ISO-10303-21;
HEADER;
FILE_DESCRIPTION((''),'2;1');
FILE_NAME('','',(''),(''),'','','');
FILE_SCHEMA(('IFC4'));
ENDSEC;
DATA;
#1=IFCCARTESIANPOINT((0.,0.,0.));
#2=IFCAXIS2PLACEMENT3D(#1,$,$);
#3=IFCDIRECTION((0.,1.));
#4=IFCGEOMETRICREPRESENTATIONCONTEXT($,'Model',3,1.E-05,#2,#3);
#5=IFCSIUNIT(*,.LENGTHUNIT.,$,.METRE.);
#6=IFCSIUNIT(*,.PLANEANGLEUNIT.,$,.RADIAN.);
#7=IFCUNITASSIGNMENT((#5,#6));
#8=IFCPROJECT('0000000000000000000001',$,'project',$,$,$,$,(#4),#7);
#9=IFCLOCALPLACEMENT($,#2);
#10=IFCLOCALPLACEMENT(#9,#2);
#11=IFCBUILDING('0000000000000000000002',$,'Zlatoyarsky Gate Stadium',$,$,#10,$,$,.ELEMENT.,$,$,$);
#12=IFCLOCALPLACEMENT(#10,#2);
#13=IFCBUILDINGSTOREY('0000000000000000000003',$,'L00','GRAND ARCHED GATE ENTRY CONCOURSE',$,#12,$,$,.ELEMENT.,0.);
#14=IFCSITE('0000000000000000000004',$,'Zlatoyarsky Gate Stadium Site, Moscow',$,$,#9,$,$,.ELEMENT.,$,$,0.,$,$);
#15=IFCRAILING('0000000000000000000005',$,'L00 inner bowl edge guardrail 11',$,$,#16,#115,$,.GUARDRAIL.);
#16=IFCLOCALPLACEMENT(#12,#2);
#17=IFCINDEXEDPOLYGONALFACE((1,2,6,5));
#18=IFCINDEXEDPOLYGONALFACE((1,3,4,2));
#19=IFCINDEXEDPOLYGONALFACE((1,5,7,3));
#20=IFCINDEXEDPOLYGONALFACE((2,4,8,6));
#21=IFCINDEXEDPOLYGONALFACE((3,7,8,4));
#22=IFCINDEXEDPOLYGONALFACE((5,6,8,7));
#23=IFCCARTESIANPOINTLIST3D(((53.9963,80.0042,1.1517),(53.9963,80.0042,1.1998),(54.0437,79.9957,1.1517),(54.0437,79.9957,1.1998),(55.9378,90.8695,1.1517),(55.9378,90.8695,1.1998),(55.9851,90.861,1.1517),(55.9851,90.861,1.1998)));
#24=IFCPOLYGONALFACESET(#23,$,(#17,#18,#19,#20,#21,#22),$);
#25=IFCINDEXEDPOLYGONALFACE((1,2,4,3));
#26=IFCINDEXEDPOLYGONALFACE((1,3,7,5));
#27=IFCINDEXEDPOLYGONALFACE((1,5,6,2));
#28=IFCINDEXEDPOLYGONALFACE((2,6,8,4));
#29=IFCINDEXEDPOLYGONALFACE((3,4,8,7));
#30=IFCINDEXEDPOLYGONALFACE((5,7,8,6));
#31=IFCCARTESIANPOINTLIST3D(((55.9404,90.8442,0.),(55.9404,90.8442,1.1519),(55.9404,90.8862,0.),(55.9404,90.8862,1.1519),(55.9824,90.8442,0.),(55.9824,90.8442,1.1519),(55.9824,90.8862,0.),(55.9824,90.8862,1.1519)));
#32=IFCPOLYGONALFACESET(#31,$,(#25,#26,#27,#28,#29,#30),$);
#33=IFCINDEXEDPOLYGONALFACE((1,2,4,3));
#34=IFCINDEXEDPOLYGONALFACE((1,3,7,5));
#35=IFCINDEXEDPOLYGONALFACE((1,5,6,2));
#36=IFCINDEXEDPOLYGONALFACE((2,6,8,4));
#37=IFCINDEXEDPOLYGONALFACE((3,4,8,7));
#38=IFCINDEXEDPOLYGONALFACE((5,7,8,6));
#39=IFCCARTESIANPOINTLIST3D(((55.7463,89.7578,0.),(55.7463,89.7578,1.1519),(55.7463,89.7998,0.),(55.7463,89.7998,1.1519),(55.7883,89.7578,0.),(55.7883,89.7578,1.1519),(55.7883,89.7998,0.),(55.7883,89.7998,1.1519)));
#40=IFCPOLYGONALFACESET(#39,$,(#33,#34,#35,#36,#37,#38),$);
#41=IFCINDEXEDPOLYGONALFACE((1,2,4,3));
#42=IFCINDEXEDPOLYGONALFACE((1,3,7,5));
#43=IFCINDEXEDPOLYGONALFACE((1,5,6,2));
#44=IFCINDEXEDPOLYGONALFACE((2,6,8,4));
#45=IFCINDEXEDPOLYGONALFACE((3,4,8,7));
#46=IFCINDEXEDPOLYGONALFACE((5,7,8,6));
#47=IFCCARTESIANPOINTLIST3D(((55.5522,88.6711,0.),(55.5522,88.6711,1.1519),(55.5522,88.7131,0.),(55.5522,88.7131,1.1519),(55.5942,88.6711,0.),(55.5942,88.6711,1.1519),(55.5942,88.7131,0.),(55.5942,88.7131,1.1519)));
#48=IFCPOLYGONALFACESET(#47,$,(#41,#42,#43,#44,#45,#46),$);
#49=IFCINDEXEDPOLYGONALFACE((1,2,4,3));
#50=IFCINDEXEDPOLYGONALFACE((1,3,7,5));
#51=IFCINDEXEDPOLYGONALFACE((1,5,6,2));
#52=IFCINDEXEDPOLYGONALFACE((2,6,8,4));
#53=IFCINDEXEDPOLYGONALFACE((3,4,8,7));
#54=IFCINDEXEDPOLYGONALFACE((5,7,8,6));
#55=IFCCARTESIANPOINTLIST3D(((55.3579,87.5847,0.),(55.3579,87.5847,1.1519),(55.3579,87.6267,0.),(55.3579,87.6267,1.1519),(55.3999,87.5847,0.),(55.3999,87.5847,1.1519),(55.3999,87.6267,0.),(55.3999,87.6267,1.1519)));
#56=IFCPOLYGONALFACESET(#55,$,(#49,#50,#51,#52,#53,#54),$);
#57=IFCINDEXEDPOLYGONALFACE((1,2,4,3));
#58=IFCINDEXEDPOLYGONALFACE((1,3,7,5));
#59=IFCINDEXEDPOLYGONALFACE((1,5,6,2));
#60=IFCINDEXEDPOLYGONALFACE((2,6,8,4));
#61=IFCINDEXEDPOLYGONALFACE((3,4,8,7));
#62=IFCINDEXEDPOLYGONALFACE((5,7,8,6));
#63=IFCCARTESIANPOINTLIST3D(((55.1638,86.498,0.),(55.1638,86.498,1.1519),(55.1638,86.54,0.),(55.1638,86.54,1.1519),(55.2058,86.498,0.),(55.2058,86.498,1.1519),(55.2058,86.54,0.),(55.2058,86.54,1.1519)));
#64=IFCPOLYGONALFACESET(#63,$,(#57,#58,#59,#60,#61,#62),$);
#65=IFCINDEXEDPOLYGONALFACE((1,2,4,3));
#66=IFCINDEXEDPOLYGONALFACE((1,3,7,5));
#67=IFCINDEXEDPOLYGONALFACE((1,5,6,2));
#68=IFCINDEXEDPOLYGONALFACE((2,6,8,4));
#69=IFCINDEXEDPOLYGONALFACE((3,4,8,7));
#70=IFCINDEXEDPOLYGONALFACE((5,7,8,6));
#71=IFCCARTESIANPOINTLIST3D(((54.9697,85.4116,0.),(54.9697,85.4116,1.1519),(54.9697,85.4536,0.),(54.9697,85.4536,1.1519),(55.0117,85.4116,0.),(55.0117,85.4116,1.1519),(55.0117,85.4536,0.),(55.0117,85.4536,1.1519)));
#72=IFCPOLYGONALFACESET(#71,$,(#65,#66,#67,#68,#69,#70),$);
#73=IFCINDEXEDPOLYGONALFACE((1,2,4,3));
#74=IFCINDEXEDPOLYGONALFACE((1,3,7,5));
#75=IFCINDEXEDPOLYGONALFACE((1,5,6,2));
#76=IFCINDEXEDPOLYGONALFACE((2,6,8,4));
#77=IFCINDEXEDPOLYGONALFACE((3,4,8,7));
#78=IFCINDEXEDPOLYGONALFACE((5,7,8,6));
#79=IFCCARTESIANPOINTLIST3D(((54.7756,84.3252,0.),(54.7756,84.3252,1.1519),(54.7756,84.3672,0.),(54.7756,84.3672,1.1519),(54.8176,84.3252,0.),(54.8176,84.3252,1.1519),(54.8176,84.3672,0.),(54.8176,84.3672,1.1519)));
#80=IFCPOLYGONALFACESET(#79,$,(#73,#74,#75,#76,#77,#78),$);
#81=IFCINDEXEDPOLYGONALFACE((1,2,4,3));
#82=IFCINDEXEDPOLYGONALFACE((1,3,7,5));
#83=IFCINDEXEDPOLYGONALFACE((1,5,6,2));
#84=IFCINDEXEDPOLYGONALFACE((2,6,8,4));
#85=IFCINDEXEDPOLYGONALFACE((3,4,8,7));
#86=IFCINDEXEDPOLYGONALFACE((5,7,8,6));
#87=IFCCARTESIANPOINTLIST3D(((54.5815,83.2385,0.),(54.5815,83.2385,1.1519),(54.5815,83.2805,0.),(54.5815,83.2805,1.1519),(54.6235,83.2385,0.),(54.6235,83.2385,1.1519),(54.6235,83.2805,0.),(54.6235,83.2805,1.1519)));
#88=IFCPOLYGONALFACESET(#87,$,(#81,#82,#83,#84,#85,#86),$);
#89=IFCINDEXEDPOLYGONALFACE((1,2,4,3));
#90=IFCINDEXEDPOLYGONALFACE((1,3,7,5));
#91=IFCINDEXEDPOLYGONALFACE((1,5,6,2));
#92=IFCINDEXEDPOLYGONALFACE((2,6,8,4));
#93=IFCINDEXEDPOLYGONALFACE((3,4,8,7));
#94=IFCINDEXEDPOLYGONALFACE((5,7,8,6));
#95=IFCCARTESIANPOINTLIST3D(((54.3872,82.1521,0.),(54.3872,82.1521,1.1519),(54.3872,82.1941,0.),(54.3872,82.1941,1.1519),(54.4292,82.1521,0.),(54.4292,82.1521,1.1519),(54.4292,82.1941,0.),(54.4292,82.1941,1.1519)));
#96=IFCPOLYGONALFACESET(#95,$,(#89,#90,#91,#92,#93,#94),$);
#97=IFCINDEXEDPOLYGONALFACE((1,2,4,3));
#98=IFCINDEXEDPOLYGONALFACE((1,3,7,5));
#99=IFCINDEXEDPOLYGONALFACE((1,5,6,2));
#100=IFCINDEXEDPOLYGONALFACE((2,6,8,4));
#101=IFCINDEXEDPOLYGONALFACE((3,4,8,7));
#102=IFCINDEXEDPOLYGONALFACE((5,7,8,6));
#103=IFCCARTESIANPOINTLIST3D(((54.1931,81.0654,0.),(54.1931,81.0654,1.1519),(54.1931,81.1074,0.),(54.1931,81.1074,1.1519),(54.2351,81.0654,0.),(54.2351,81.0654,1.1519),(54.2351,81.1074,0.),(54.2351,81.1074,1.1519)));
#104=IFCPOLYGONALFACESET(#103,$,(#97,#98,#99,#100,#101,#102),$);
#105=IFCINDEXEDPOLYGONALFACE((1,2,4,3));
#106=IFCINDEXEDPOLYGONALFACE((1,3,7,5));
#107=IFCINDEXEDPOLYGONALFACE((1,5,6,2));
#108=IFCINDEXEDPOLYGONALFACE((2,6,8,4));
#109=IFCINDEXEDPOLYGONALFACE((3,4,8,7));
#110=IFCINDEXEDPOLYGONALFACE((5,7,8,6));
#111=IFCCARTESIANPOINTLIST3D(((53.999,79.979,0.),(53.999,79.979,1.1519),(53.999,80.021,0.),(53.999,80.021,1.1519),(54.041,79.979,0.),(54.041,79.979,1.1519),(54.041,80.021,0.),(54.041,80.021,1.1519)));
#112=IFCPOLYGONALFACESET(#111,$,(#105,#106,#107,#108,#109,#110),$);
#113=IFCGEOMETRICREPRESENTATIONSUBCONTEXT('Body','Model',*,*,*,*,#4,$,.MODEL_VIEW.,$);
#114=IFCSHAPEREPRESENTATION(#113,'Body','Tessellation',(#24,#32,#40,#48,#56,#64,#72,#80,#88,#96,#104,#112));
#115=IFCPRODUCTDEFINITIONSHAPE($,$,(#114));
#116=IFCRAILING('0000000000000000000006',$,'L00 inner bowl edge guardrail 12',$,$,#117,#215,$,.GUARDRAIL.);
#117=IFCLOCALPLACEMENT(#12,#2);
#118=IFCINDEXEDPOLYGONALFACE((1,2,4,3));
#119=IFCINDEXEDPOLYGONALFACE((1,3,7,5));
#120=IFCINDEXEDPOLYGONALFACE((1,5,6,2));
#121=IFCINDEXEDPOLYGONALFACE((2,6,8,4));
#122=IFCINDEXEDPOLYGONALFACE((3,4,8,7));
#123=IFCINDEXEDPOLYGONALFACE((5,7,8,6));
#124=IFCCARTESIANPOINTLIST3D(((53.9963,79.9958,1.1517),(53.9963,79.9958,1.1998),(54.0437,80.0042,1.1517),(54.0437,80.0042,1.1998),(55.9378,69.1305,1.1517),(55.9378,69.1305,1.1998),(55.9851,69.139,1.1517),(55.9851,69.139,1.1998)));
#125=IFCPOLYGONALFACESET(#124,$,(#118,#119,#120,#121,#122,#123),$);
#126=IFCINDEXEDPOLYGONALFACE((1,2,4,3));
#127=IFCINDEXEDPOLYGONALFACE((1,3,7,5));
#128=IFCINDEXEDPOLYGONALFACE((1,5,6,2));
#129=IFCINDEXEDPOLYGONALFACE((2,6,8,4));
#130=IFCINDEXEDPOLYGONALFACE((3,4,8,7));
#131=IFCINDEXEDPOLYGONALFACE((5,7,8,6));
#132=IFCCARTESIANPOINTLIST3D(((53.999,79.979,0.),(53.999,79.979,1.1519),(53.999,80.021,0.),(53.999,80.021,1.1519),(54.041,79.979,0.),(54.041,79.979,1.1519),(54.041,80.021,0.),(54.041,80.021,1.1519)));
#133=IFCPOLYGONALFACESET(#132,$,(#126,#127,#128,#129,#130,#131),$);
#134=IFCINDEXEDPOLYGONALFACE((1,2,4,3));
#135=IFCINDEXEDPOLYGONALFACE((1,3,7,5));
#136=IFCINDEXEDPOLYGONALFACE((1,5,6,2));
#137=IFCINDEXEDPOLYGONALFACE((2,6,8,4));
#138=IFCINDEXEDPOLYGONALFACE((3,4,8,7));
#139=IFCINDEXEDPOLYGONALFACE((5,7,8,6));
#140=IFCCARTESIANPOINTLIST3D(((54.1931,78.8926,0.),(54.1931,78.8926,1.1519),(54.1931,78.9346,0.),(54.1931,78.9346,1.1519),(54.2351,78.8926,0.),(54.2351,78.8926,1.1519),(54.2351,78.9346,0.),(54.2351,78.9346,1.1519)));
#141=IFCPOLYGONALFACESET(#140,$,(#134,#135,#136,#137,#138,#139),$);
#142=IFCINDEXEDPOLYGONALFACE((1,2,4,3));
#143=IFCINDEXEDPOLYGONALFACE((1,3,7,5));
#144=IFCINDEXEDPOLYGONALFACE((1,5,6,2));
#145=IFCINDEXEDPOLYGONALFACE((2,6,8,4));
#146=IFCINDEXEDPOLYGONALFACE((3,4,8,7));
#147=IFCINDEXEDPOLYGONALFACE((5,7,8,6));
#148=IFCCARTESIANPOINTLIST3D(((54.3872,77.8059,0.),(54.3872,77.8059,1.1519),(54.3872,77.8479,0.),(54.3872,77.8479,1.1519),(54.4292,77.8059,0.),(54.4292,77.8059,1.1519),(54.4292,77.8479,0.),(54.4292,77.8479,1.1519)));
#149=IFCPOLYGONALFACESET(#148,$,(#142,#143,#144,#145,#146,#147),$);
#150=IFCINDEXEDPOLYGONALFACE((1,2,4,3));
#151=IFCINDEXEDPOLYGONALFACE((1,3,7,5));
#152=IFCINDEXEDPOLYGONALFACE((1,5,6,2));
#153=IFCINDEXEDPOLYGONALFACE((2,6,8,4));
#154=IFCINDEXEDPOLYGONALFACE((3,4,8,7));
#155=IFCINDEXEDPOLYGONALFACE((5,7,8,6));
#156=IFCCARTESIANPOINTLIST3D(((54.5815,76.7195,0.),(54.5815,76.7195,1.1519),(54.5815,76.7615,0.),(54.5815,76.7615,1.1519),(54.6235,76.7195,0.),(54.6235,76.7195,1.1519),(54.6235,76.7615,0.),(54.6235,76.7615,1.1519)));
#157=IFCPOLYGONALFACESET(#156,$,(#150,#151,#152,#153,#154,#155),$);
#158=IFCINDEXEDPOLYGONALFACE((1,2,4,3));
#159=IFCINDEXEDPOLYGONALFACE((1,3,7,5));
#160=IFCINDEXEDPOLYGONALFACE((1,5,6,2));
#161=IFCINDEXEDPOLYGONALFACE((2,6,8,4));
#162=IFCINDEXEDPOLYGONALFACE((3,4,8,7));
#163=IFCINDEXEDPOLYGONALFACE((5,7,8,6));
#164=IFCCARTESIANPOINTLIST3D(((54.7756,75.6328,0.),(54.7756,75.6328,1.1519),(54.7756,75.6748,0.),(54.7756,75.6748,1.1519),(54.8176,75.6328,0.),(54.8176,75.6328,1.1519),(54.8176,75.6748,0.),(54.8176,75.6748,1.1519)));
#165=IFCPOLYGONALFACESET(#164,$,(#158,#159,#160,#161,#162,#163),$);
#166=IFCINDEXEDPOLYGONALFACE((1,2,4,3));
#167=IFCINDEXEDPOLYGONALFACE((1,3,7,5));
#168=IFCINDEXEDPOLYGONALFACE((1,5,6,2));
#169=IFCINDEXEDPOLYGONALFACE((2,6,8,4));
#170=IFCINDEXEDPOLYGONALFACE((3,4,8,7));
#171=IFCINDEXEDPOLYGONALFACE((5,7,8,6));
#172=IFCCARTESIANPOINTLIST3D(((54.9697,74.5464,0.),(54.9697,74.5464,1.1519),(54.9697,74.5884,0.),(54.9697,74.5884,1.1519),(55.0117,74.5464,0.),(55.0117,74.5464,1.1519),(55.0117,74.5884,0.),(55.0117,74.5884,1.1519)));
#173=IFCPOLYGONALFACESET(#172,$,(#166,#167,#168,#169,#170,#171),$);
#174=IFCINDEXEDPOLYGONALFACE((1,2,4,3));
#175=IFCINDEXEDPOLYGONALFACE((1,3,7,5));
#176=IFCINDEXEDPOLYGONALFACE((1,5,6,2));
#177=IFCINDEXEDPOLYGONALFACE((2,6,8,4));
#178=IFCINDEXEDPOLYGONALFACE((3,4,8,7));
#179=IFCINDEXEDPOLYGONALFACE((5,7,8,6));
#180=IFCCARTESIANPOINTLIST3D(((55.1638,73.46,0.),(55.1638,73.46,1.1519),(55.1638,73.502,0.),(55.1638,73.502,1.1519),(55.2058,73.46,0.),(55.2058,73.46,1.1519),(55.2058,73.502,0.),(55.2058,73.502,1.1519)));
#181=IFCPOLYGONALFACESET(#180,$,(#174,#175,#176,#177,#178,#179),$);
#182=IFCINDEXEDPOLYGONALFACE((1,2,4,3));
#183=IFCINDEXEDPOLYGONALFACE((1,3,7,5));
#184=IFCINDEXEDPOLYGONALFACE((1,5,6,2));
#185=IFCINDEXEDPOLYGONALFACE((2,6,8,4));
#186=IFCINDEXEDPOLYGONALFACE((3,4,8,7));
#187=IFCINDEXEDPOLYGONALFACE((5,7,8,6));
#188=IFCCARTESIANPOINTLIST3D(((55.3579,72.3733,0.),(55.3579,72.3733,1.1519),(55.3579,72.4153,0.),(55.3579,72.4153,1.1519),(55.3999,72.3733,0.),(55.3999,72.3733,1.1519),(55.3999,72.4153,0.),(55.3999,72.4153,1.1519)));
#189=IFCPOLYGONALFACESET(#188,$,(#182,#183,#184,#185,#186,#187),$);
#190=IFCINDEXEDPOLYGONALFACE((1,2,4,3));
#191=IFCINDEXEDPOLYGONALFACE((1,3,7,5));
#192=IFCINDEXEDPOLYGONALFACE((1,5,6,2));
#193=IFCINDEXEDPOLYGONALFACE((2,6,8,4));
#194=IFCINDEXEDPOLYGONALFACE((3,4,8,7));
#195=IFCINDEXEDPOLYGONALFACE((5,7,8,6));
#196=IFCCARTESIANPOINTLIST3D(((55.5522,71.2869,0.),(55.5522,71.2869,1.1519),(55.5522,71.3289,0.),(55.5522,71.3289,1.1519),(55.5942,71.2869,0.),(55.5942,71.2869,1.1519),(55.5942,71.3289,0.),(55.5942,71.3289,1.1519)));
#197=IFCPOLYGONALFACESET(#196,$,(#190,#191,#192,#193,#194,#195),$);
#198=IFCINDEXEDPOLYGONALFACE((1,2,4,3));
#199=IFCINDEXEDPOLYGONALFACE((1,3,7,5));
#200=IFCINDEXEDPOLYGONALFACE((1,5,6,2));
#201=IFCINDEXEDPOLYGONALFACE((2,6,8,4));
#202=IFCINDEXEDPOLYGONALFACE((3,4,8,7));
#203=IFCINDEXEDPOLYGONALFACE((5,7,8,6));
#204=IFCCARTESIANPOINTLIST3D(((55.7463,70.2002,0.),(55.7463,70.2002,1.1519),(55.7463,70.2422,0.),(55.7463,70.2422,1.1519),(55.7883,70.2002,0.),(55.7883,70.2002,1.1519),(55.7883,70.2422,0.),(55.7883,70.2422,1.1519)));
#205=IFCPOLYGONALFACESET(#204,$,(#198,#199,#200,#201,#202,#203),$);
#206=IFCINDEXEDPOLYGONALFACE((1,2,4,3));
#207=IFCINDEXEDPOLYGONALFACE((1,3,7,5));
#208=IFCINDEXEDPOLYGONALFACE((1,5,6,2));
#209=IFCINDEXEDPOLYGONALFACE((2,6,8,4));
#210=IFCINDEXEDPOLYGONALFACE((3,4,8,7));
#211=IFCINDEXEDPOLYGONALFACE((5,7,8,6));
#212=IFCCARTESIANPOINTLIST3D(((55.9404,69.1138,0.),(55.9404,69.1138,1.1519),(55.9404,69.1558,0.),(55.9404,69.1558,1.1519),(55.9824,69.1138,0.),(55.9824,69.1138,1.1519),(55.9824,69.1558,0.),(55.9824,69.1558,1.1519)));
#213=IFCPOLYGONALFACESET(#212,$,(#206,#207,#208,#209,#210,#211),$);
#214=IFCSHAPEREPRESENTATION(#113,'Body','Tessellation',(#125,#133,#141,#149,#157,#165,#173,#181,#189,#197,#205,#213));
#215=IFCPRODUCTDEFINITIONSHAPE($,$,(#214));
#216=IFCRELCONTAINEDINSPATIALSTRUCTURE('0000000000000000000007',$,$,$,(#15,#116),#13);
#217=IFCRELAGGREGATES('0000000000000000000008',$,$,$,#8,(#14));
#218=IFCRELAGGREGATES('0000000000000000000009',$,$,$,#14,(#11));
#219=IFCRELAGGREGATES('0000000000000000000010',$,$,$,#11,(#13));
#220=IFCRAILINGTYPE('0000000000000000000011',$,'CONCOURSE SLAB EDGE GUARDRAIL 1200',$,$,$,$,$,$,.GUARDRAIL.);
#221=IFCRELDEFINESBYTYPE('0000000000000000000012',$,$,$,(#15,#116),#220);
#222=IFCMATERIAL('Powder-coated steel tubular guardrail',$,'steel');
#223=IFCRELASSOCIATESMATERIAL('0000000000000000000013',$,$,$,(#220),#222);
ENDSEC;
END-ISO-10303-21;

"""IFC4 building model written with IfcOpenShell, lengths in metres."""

from ifc_helpers import new_model, si_unit, direction, frame, origin, origin_2d, place, context, subcontext, project, spatial, rectangle, extrude, material, type_object, element, save


model = new_model("IFC4")

# Units and contexts
model_context = context("Model", 3, precision=1e-05, world=origin(), true_north=direction((0.0, 1.0)))
body_context = subcontext(model_context, "Body", "Model", "MODEL_VIEW")
ifc_project = project(units=[si_unit("LENGTHUNIT", "METRE"), si_unit("PLANEANGLEUNIT", "RADIAN")], contexts=[model_context])

# Site, building, storey
site_placement = place(None, origin())
site = spatial("IfcSite", under=ifc_project, at=site_placement, Name="Zlatoyarsky Gate Stadium Site, Moscow", CompositionType="ELEMENT", RefElevation=0.0)
building_placement = place(site_placement, origin())
building = spatial("IfcBuilding", under=site, at=building_placement, Name="Zlatoyarsky Gate Stadium", CompositionType="ELEMENT")
storey_placement = place(building_placement, origin())
storey = spatial("IfcBuildingStorey", under=building, at=storey_placement, Name="L00", Description="GRAND ARCHED GATE ENTRY CONCOURSE", CompositionType="ELEMENT", Elevation=0.0)

# Railings
ifc_material_1 = material(Name="Powder-coated steel tubular guardrail", Category="steel")
railing_type = type_object("IfcRailingType", Name="CONCOURSE SLAB EDGE GUARDRAIL 1200", PredefinedType="GUARDRAIL", material=ifc_material_1)
railing_1_placement = place(storey_placement, frame((55.9614, 90.8652, 0.0)))
element("IfcRailing", 1, at=railing_1_placement, inside=storey, type_object=railing_type, Name="L00 inner bowl edge guardrail 11", PredefinedType="GUARDRAIL", context=body_context, shape_type="SweptSolid", body=[
    extrude(rectangle(XDim=0.0481, YDim=0.0481, at=origin_2d()), frame((0.0, 0.0, 1.1758), z_axis=(-0.175895, -0.984409, 0.0), x_axis=(0.984409, -0.175895, 0.0)), (0.0, 0.0, 1.0), 11.0374),
    extrude(rectangle(XDim=0.042, YDim=0.042, at=origin_2d()), origin(), (0.0, 0.0, 1.0), 1.1519),
    extrude(rectangle(XDim=0.042, YDim=0.042, at=origin_2d()), frame((-0.1941, -1.0864, 0.0)), (0.0, 0.0, 1.0), 1.1519),
    extrude(rectangle(XDim=0.042, YDim=0.042, at=origin_2d()), frame((-0.3882, -2.1731, 0.0)), (0.0, 0.0, 1.0), 1.1519),
    extrude(rectangle(XDim=0.042, YDim=0.042, at=origin_2d()), frame((-0.5825, -3.2595, 0.0)), (0.0, 0.0, 1.0), 1.1519),
    extrude(rectangle(XDim=0.042, YDim=0.042, at=origin_2d()), frame((-0.7766, -4.3462, 0.0)), (0.0, 0.0, 1.0), 1.1519),
    extrude(rectangle(XDim=0.042, YDim=0.042, at=origin_2d()), frame((-0.9707, -5.4326, 0.0)), (0.0, 0.0, 1.0), 1.1519),
    extrude(rectangle(XDim=0.042, YDim=0.042, at=origin_2d()), frame((-1.1648, -6.519, 0.0)), (0.0, 0.0, 1.0), 1.1519),
    extrude(rectangle(XDim=0.042, YDim=0.042, at=origin_2d()), frame((-1.3589, -7.6057, 0.0)), (0.0, 0.0, 1.0), 1.1519),
    extrude(rectangle(XDim=0.042, YDim=0.042, at=origin_2d()), frame((-1.5532, -8.6921, 0.0)), (0.0, 0.0, 1.0), 1.1519),
    extrude(rectangle(XDim=0.042, YDim=0.042, at=origin_2d()), frame((-1.7473, -9.7788, 0.0)), (0.0, 0.0, 1.0), 1.1519),
    extrude(rectangle(XDim=0.042, YDim=0.042, at=origin_2d()), frame((-1.9414, -10.8652, 0.0)), (0.0, 0.0, 1.0), 1.1519),
])
railing_2_placement = place(storey_placement, frame((54.02, 80.0, 0.0)))
element("IfcRailing", 2, at=railing_2_placement, inside=storey, type_object=railing_type, Name="L00 inner bowl edge guardrail 12", PredefinedType="GUARDRAIL", context=body_context, shape_type="SweptSolid", body=[
    extrude(rectangle(XDim=0.0481, YDim=0.0481, at=origin_2d()), frame((0.0, 0.0, 1.1758), z_axis=(0.175895, -0.984409, 0.0), x_axis=(0.984409, 0.175895, 0.0)), (0.0, 0.0, 1.0), 11.0374),
    extrude(rectangle(XDim=0.042, YDim=0.042, at=origin_2d()), origin(), (0.0, 0.0, 1.0), 1.1519),
    extrude(rectangle(XDim=0.042, YDim=0.042, at=origin_2d()), frame((0.1941, -1.0864, 0.0)), (0.0, 0.0, 1.0), 1.1519),
    extrude(rectangle(XDim=0.042, YDim=0.042, at=origin_2d()), frame((0.3882, -2.1731, 0.0)), (0.0, 0.0, 1.0), 1.1519),
    extrude(rectangle(XDim=0.042, YDim=0.042, at=origin_2d()), frame((0.5825, -3.2595, 0.0)), (0.0, 0.0, 1.0), 1.1519),
    extrude(rectangle(XDim=0.042, YDim=0.042, at=origin_2d()), frame((0.7766, -4.3462, 0.0)), (0.0, 0.0, 1.0), 1.1519),
    extrude(rectangle(XDim=0.042, YDim=0.042, at=origin_2d()), frame((0.9707, -5.4326, 0.0)), (0.0, 0.0, 1.0), 1.1519),
    extrude(rectangle(XDim=0.042, YDim=0.042, at=origin_2d()), frame((1.1648, -6.519, 0.0)), (0.0, 0.0, 1.0), 1.1519),
    extrude(rectangle(XDim=0.042, YDim=0.042, at=origin_2d()), frame((1.3589, -7.6057, 0.0)), (0.0, 0.0, 1.0), 1.1519),
    extrude(rectangle(XDim=0.042, YDim=0.042, at=origin_2d()), frame((1.5532, -8.6921, 0.0)), (0.0, 0.0, 1.0), 1.1519),
    extrude(rectangle(XDim=0.042, YDim=0.042, at=origin_2d()), frame((1.7473, -9.7788, 0.0)), (0.0, 0.0, 1.0), 1.1519),
    extrude(rectangle(XDim=0.042, YDim=0.042, at=origin_2d()), frame((1.9414, -10.8652, 0.0)), (0.0, 0.0, 1.0), 1.1519),
])

save(model, "model.ifc")
